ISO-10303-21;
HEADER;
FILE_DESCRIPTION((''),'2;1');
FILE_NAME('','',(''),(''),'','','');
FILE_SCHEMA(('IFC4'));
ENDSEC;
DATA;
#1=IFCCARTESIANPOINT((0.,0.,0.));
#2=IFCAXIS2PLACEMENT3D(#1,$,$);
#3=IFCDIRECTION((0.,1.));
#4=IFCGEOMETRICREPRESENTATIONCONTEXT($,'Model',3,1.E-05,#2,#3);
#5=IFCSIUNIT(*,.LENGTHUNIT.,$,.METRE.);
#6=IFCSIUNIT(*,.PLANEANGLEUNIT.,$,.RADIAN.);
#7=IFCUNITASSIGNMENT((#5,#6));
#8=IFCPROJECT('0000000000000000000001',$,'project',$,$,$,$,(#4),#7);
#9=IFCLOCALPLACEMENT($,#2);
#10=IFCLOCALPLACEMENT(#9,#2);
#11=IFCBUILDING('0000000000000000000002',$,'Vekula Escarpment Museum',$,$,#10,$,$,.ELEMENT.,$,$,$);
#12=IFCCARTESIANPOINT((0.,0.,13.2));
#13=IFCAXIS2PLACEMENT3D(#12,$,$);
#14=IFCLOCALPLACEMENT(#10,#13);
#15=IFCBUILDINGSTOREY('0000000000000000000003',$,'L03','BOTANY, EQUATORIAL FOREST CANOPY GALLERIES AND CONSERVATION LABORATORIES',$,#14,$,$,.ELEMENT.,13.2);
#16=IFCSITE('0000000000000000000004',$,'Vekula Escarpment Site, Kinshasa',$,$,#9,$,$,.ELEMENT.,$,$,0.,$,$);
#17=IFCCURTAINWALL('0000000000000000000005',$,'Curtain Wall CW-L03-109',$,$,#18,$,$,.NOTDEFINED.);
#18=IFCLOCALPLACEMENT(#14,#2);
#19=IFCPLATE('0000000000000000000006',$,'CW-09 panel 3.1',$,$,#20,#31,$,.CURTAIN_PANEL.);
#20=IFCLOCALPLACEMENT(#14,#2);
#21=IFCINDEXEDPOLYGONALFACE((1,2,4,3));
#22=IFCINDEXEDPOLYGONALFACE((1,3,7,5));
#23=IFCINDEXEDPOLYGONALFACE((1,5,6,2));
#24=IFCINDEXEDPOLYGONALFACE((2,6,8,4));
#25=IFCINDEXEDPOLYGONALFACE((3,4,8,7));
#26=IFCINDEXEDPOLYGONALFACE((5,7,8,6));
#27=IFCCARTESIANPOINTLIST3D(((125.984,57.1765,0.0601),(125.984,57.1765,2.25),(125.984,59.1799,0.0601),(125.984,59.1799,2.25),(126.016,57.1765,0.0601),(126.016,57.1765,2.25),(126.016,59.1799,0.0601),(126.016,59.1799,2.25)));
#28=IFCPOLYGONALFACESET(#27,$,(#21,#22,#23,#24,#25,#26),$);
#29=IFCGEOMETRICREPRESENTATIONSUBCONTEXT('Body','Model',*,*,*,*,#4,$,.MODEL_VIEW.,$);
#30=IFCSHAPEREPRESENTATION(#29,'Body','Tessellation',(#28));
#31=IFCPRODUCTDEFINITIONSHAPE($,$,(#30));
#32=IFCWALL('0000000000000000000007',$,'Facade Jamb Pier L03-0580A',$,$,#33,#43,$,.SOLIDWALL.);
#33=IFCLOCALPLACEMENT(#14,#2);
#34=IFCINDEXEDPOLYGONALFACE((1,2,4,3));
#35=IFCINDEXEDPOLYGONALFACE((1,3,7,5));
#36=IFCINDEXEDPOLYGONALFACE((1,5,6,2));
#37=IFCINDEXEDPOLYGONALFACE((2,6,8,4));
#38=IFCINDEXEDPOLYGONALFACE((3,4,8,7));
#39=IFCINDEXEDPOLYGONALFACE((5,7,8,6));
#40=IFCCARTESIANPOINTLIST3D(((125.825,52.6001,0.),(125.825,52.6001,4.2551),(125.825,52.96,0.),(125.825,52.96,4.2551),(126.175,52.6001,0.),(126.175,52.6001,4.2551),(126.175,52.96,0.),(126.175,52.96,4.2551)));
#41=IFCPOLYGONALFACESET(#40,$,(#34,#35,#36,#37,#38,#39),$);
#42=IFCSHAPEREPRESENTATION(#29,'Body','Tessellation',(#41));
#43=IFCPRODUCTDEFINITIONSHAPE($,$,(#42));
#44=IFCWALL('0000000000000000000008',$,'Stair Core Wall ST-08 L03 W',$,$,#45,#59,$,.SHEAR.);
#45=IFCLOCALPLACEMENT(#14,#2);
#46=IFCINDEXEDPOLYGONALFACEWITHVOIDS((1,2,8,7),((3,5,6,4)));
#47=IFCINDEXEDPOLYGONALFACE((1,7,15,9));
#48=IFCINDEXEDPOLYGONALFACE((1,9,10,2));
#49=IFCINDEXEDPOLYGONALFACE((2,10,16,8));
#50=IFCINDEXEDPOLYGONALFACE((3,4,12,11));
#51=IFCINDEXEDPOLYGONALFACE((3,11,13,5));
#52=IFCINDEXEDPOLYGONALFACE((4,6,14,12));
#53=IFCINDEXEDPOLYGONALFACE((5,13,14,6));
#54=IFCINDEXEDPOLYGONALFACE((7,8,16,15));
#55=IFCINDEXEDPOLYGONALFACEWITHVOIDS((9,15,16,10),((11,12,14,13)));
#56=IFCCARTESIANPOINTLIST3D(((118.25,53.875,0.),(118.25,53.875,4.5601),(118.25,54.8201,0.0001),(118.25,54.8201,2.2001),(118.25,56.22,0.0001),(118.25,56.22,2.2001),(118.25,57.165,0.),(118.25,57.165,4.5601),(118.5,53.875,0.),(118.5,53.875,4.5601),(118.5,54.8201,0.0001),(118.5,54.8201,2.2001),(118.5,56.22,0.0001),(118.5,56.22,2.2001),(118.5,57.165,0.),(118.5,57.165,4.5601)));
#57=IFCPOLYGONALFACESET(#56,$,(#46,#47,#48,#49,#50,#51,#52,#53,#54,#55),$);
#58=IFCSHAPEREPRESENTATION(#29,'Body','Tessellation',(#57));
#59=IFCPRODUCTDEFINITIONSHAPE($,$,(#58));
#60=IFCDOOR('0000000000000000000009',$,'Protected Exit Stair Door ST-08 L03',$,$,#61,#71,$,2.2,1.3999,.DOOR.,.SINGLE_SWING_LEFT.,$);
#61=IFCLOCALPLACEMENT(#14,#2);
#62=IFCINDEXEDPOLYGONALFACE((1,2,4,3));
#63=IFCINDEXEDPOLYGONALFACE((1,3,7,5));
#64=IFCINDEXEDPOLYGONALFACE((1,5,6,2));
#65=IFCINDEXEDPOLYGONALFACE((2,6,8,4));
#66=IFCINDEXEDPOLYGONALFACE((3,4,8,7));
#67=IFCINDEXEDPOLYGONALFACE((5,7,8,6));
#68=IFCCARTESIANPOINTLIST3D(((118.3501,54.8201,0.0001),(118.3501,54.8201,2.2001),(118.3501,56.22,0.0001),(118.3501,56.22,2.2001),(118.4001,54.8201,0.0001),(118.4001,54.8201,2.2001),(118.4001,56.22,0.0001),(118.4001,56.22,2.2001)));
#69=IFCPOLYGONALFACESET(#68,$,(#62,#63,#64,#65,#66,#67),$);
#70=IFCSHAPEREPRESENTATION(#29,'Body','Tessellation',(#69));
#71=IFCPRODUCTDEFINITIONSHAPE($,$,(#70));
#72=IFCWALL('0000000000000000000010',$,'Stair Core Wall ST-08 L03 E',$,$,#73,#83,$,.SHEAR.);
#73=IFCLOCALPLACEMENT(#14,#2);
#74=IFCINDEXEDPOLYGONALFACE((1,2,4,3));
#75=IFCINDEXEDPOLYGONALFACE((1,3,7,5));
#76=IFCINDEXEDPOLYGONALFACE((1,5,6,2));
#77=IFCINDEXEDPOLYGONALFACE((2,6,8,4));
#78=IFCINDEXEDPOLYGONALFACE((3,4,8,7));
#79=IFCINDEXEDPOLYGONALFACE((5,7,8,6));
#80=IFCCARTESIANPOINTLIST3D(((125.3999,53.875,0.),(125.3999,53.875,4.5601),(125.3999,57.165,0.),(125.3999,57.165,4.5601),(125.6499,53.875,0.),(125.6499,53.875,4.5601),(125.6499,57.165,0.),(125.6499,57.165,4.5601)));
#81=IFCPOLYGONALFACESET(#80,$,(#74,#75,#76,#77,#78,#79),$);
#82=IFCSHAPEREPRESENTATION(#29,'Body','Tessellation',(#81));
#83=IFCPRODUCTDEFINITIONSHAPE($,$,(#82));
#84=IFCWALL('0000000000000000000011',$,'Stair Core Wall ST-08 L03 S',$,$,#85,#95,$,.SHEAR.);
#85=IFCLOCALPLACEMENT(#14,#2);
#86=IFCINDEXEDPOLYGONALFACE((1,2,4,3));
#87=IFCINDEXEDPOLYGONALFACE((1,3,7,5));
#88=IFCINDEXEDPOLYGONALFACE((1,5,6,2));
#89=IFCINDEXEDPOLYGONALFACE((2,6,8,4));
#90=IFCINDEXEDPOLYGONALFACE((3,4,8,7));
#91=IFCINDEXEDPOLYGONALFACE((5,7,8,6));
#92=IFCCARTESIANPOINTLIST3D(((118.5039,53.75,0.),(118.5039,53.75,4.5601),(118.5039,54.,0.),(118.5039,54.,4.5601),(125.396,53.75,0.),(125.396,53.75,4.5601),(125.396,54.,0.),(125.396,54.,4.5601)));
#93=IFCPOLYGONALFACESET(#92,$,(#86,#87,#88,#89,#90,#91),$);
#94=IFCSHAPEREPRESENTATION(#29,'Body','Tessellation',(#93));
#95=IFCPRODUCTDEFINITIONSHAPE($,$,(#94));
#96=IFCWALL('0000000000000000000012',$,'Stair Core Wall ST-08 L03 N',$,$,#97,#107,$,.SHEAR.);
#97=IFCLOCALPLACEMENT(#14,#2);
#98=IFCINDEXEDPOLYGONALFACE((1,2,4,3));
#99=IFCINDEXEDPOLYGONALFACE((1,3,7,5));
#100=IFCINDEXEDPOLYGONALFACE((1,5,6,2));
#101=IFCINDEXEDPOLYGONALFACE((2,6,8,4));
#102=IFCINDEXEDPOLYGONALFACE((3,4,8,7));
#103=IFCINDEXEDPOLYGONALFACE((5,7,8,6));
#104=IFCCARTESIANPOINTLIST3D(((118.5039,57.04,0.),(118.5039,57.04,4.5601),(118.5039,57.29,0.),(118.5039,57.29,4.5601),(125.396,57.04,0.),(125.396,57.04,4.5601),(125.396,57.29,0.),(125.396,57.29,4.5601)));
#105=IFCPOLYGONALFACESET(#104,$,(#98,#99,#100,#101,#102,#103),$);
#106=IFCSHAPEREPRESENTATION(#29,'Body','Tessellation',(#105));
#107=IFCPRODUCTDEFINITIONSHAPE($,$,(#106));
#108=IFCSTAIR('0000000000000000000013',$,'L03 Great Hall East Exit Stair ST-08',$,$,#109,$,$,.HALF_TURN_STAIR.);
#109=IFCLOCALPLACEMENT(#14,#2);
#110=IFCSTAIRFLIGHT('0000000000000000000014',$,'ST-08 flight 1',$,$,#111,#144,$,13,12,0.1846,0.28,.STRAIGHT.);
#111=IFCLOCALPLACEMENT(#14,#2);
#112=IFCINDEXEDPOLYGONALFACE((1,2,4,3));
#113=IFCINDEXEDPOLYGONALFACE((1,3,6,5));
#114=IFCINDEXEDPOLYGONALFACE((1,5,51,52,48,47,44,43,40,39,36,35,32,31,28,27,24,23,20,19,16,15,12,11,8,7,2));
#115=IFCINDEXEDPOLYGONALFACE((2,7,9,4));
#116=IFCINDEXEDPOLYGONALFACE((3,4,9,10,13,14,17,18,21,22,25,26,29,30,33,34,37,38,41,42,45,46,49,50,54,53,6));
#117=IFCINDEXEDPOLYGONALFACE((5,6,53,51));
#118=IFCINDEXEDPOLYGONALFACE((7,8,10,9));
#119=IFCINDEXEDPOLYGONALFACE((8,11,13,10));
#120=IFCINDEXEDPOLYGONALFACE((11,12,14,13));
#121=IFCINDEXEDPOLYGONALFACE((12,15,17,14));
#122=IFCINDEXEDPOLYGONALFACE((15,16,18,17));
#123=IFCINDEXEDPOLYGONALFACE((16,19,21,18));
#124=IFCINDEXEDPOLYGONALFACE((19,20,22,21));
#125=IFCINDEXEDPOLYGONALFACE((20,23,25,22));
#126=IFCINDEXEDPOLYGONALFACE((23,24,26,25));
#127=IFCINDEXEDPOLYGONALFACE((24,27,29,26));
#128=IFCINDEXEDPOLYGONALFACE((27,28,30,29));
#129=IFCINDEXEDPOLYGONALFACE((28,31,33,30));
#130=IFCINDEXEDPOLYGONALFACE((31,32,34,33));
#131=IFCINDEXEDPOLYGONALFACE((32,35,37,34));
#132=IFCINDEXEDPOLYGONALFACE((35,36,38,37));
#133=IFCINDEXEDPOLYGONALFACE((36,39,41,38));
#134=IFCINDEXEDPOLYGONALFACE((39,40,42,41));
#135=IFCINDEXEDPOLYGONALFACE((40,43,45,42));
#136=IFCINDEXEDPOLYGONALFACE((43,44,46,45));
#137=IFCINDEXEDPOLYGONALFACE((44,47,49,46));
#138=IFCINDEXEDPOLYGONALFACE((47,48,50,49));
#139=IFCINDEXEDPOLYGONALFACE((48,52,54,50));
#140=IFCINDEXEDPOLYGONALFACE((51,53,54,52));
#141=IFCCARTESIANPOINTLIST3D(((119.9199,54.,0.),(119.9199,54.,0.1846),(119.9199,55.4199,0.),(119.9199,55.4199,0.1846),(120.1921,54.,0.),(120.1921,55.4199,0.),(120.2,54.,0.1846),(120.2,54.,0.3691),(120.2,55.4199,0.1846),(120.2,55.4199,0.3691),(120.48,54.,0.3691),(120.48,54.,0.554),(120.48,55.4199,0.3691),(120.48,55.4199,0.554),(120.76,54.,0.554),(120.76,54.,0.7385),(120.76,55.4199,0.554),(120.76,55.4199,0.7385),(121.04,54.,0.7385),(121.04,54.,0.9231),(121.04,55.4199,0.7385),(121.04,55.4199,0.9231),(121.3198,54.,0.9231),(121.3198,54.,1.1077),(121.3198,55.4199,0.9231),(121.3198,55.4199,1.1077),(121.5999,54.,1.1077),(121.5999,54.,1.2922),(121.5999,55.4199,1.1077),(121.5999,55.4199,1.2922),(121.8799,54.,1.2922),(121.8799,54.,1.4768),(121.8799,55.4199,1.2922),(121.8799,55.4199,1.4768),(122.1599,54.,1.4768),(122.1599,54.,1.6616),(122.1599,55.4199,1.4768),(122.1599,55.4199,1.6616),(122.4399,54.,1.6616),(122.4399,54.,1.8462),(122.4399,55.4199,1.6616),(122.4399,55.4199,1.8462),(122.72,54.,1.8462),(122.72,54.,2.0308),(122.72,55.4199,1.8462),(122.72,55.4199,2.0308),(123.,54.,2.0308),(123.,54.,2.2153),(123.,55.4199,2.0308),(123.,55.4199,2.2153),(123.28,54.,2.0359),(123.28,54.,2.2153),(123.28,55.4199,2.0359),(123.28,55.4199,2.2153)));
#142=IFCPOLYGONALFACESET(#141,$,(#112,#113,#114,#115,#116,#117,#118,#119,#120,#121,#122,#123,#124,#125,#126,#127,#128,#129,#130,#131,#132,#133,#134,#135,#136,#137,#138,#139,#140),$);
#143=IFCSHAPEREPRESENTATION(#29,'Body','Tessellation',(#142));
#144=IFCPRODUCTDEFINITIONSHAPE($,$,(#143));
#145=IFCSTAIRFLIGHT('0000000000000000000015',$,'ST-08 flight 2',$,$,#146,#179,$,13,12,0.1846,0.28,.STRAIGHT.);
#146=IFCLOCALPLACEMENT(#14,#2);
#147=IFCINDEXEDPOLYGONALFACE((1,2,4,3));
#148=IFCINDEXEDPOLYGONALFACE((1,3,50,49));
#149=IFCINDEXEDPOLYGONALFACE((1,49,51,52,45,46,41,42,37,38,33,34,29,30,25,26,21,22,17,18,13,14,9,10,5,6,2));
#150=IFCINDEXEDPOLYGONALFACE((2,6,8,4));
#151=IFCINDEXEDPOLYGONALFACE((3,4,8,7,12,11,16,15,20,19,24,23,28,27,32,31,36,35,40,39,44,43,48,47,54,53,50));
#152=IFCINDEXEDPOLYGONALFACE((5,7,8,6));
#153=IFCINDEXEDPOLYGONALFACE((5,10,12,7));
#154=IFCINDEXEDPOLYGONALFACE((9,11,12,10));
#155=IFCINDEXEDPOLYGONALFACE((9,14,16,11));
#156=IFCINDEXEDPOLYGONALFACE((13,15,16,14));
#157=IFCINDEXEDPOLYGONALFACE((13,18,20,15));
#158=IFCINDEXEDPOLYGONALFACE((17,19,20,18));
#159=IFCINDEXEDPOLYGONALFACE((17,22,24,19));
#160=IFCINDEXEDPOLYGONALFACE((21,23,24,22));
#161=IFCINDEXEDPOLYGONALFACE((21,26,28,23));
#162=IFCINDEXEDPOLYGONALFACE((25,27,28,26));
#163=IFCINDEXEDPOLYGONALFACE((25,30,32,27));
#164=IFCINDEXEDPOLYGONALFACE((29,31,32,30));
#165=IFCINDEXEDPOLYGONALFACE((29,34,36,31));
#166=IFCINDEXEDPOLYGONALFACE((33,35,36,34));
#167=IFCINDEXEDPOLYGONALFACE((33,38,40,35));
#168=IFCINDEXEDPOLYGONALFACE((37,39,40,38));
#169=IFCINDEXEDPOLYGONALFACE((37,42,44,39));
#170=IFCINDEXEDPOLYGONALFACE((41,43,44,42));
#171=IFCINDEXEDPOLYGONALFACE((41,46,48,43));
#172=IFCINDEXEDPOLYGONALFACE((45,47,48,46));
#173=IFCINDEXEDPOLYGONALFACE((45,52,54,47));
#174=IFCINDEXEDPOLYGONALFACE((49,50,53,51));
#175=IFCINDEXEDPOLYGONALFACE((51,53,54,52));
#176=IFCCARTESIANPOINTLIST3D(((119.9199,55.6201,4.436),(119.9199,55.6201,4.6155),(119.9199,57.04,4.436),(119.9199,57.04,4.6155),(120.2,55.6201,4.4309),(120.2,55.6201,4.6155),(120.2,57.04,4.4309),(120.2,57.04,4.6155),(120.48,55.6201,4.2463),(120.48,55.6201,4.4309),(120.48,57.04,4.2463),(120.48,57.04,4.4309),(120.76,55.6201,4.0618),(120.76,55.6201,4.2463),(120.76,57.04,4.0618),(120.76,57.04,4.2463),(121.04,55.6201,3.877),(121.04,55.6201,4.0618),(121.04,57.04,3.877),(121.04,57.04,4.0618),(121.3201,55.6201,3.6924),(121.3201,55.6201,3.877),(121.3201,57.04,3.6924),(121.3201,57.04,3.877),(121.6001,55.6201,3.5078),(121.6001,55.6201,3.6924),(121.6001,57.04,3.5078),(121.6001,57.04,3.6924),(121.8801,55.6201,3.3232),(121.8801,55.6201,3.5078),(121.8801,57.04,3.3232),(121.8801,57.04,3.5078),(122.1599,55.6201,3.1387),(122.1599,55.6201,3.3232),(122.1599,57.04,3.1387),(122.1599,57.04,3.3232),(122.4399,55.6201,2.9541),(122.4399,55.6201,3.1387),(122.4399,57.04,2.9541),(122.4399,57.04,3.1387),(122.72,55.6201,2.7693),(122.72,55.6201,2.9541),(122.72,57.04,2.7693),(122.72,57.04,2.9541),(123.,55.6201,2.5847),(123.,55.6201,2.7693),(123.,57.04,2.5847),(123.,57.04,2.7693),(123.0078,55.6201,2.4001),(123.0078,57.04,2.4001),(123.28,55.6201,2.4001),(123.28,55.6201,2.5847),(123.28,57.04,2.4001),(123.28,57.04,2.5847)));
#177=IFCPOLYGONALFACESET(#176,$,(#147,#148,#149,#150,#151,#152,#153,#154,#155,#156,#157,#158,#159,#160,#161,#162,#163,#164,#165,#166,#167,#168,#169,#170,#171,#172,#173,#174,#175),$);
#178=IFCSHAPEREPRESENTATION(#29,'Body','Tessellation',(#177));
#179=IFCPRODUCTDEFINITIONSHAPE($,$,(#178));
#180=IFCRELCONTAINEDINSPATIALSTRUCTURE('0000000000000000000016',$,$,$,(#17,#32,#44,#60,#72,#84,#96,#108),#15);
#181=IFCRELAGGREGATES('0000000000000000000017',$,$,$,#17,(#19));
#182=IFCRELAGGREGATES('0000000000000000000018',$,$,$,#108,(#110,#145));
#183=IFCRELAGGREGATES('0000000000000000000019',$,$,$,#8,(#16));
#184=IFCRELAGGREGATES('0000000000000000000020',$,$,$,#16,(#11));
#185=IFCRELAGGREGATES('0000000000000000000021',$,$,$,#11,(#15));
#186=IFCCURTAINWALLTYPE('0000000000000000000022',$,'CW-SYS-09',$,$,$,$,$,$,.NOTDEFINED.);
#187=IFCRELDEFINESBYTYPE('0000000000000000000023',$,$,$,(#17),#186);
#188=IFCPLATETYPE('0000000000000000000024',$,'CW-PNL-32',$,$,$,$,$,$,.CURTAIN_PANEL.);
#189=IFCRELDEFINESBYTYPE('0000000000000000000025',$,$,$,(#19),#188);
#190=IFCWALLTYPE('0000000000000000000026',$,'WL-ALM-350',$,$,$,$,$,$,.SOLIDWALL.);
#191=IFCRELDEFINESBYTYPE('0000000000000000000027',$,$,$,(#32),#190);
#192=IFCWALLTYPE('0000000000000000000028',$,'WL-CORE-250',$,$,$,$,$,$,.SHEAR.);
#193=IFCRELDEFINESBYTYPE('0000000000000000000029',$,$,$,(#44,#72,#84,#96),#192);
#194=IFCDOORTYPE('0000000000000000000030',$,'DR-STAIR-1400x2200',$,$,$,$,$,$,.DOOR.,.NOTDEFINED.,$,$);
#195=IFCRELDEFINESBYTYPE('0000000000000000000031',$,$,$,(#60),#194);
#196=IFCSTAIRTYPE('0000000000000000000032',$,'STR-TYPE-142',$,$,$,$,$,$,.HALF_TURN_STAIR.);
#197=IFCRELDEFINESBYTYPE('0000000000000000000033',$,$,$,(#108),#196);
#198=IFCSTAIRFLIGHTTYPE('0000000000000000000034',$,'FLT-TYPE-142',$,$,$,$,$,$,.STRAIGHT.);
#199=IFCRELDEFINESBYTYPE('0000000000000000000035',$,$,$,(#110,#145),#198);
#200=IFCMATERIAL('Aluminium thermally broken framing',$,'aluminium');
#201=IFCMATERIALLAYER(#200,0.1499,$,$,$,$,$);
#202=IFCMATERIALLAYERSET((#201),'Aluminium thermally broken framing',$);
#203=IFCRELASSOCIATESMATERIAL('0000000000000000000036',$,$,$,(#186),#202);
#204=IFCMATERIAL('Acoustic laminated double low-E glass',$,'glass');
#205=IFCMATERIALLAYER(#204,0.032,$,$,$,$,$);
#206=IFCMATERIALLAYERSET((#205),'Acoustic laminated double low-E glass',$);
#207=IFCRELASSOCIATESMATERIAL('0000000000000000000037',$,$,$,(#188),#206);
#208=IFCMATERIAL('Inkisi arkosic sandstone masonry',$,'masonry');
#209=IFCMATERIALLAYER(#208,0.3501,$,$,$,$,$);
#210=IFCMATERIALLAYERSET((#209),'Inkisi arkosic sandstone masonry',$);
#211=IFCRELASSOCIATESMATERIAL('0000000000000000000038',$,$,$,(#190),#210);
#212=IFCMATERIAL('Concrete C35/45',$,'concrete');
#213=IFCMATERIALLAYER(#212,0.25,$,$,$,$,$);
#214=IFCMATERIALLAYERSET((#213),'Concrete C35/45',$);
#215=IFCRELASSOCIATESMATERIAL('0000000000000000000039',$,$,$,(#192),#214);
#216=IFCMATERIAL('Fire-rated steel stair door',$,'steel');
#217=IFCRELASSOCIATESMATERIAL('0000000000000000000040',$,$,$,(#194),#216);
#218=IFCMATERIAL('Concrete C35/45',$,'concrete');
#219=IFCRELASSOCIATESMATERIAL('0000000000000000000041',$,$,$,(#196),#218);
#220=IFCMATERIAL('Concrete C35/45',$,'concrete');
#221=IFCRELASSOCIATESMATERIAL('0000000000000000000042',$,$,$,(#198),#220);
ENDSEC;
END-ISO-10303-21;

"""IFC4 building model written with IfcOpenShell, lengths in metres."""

from ifc_helpers import new_model, si_unit, direction, frame, frame_2d, origin, origin_2d, place, context, subcontext, project, spatial, polyline, rectangle, outline, extrude, material, layer, layer_set, type_object, element, fill, aggregate, save


model = new_model("IFC4")

# Units and contexts
model_context = context("Model", 3, precision=1e-05, world=origin(), true_north=direction((0.0, 1.0)))
body_context = subcontext(model_context, "Body", "Model", "MODEL_VIEW")
ifc_project = project(units=[si_unit("LENGTHUNIT", "METRE"), si_unit("PLANEANGLEUNIT", "RADIAN")], contexts=[model_context])

# Site, building, storey
site_placement = place(None, origin())
site = spatial("IfcSite", under=ifc_project, at=site_placement, Name="Vekula Escarpment Site, Kinshasa", CompositionType="ELEMENT", RefElevation=0.0)
building_placement = place(site_placement, origin())
building = spatial("IfcBuilding", under=site, at=building_placement, Name="Vekula Escarpment Museum", CompositionType="ELEMENT")
storey_placement = place(building_placement, frame((0.0, 0.0, 13.2)))
storey = spatial("IfcBuildingStorey", under=building, at=storey_placement, Name="L03", Description="BOTANY, EQUATORIAL FOREST CANOPY GALLERIES AND CONSERVATION LABORATORIES", CompositionType="ELEMENT", Elevation=13.2)

# Curtain wall, plate
ifc_material_1 = material(Name="Aluminium thermally broken framing", Category="aluminium")
ifc_layer_1 = layer(ifc_material_1, 0.1499)
ifc_layer_set_1 = layer_set([ifc_layer_1], Name="Aluminium thermally broken framing")
curtain_wall_type = type_object("IfcCurtainWallType", Name="CW-SYS-09", PredefinedType="NOTDEFINED", material=ifc_layer_set_1)
curtain_wall_placement = place(storey_placement, origin())
curtain_wall = element("IfcCurtainWall", 1, at=curtain_wall_placement, inside=storey, type_object=curtain_wall_type, Name="Curtain Wall CW-L03-109", PredefinedType="NOTDEFINED")
ifc_material_2 = material(Name="Acoustic laminated double low-E glass", Category="glass")
ifc_layer_2 = layer(ifc_material_2, 0.032)
ifc_layer_set_2 = layer_set([ifc_layer_2], Name="Acoustic laminated double low-E glass")
plate_type = type_object("IfcPlateType", Name="CW-PNL-32", PredefinedType="CURTAIN_PANEL", material=ifc_layer_set_2)
plate_1_placement = place(storey_placement, frame((126.0, 58.1782, 0.0601), z_axis=(0.0, 0.0, 1.0), x_axis=(0.0, 1.0, 0.0)))
plate_1 = element("IfcPlate", 2, at=plate_1_placement, type_object=plate_type, Name="CW-09 panel 3.1", PredefinedType="CURTAIN_PANEL", context=body_context, shape_type="SweptSolid", body=[
    extrude(rectangle(XDim=2.0034, YDim=0.032, at=origin_2d()), origin(), (0.0, 0.0, 1.0), 2.1899),
])
aggregate(curtain_wall, [plate_1])

# Wall
ifc_material_3 = material(Name="Inkisi arkosic sandstone masonry", Category="masonry")
ifc_layer_3 = layer(ifc_material_3, 0.3501)
ifc_layer_set_3 = layer_set([ifc_layer_3], Name="Inkisi arkosic sandstone masonry")
wall_type_1 = type_object("IfcWallType", Name="WL-ALM-350", PredefinedType="SOLIDWALL", material=ifc_layer_set_3)
wall_1_placement = place(storey_placement, frame((126.0, 52.6001, 0.0), z_axis=(0.0, 0.0, 1.0), x_axis=(0.0, 1.0, 0.0)))
element("IfcWall", 3, at=wall_1_placement, inside=storey, type_object=wall_type_1, Name="Facade Jamb Pier L03-0580A", PredefinedType="SOLIDWALL", context=body_context, shape_type="SweptSolid", body=[
    extrude(rectangle(XDim=0.3599, YDim=0.3501, at=frame_2d((0.1799, 0.0))), origin(), (0.0, 0.0, 1.0), 4.2551),
])

# Wall, opening, door
ifc_material_4 = material(Name="Concrete C35/45", Category="concrete")
ifc_layer_4 = layer(ifc_material_4, 0.25)
ifc_layer_set_4 = layer_set([ifc_layer_4], Name="Concrete C35/45")
wall_type_2 = type_object("IfcWallType", Name="WL-CORE-250", PredefinedType="SHEAR", material=ifc_layer_set_4)
wall_2_placement = place(storey_placement, frame((118.375, 53.875, 0.0), z_axis=(0.0, 0.0, 1.0), x_axis=(0.0, 1.0, 0.0)))
wall_2 = element("IfcWall", 4, at=wall_2_placement, inside=storey, type_object=wall_type_2, Name="Stair Core Wall ST-08 L03 W", PredefinedType="SHEAR", context=body_context, shape_type="SweptSolid", body=[
    extrude(rectangle(XDim=3.29, YDim=0.25, at=frame_2d((1.645, 0.0))), origin(), (0.0, 0.0, 1.0), 4.5601),
])
opening_placement = place(wall_2_placement, frame((0.9451, 0.0, 0.0)))
opening = element("IfcOpeningElement", 5, at=opening_placement, cuts=wall_2, PredefinedType="OPENING", context=body_context, shape_type="SweptSolid", body=[
    extrude(rectangle(XDim=1.3999, YDim=2.2, at=frame_2d((0.7, 1.1001))), frame((0.0, 0.135, 0.0), z_axis=(0.0, -1.0, 0.0), x_axis=(1.0, 0.0, 0.0)), (0.0, 0.0, 1.0), 0.27),
])
ifc_material_5 = material(Name="Fire-rated steel stair door", Category="steel")
door_type = type_object("IfcDoorType", Name="DR-STAIR-1400x2200", OperationType="NOTDEFINED", PredefinedType="DOOR", material=ifc_material_5)
door_placement = place(opening_placement, origin())
door = element("IfcDoor", 6, at=door_placement, inside=storey, type_object=door_type, Name="Protected Exit Stair Door ST-08 L03", OperationType="SINGLE_SWING_LEFT", OverallHeight=2.2, OverallWidth=1.3999, PredefinedType="DOOR", context=body_context, shape_type="SweptSolid", body=[
    extrude(rectangle(XDim=1.3999, YDim=2.2, at=frame_2d((0.7, 1.1001))), frame((0.0, 0.0249, 0.0), z_axis=(0.0, -1.0, 0.0), x_axis=(1.0, 0.0, 0.0)), (0.0, 0.0, 1.0), 0.05),
])
fill(opening, door)

# Walls
wall_3_placement = place(storey_placement, frame((125.5249, 53.875, 0.0), z_axis=(0.0, 0.0, 1.0), x_axis=(0.0, 1.0, 0.0)))
element("IfcWall", 7, at=wall_3_placement, inside=storey, type_object=wall_type_2, Name="Stair Core Wall ST-08 L03 E", PredefinedType="SHEAR", context=body_context, shape_type="SweptSolid", body=[
    extrude(rectangle(XDim=3.29, YDim=0.25, at=frame_2d((1.645, 0.0))), origin(), (0.0, 0.0, 1.0), 4.5601),
])
for number, where, z_axis, x_axis, name in (
    (8, (118.5039, 53.875, 0.0), (0.0, 0.0, 1.0), (1.0, 0.0, 0.0), "Stair Core Wall ST-08 L03 S"),
    (9, (118.5039, 57.165, 0.0), (0.0, 0.0, 1.0), (1.0, 0.0, 0.0), "Stair Core Wall ST-08 L03 N"),
):
    element("IfcWall", number, at=place(storey_placement, frame(where, z_axis=z_axis, x_axis=x_axis)), inside=storey, type_object=wall_type_2, Name=name, PredefinedType="SHEAR", context=body_context, shape_type="SweptSolid", body=[
        extrude(rectangle(XDim=6.8921, YDim=0.25, at=frame_2d((3.446, 0.0))), origin(), (0.0, 0.0, 1.0), 4.5601),
    ])

# Stair, stair flights
ifc_material_6 = material(Name="Concrete C35/45", Category="concrete")
stair_type = type_object("IfcStairType", Name="STR-TYPE-142", PredefinedType="HALF_TURN_STAIR", material=ifc_material_6)
stair_placement = place(storey_placement, origin())
stair = element("IfcStair", 10, at=stair_placement, inside=storey, type_object=stair_type, Name="L03 Great Hall East Exit Stair ST-08", PredefinedType="HALF_TURN_STAIR")
ifc_material_7 = material(Name="Concrete C35/45", Category="concrete")
stair_flight_type = type_object("IfcStairFlightType", Name="FLT-TYPE-142", PredefinedType="STRAIGHT", material=ifc_material_7)
stair_flight_1_placement = place(storey_placement, frame((119.9199, 54.71, 0.0), z_axis=(0.0, 0.0, 1.0), x_axis=(1.0, 0.0, 0.0)))
stair_flight_1 = element("IfcStairFlight", 11, at=stair_flight_1_placement, type_object=stair_flight_type, Name="ST-08 flight 1", NumberOfRisers=13, NumberOfTreads=12, PredefinedType="STRAIGHT", RiserHeight=0.1846, TreadLength=0.28, context=body_context, shape_type="SweptSolid", body=[
    extrude(outline(polyline([(0.0, 0.0), (0.0, 0.1846), (0.28, 0.1846), (0.28, 0.3691), (0.5601, 0.3691), (0.5601, 0.554), (0.8401, 0.554), (0.8401, 0.7385), (1.1201, 0.7385), (1.1201, 0.9231), (1.3999, 0.9231), (1.3999, 1.1077), (1.6799, 1.1077), (1.6799, 1.2922), (1.96, 1.2922), (1.96, 1.4768), (2.24, 1.4768), (2.24, 1.6616), (2.52, 1.6616), (2.52, 1.8462), (2.8, 1.8462), (2.8, 2.0308), (3.0801, 2.0308), (3.0801, 2.2153), (3.3601, 2.2153), (3.3601, 2.3999), (3.3601, 2.0359), (0.2722, 0.0), (0.0, 0.0)])), frame((0.0, 0.71, 0.0), z_axis=(0.0, -1.0, 0.0), x_axis=(1.0, 0.0, 0.0)), (0.0, 0.0, 1.0), 1.4199),
])
stair_flight_2_placement = place(storey_placement, frame((123.28, 56.3301, 2.4001), z_axis=(0.0, 0.0, 1.0), x_axis=(-1.0, 0.0, 0.0)))
stair_flight_2 = element("IfcStairFlight", 12, at=stair_flight_2_placement, type_object=stair_flight_type, Name="ST-08 flight 2", NumberOfRisers=13, NumberOfTreads=12, PredefinedType="STRAIGHT", RiserHeight=0.1846, TreadLength=0.28, context=body_context, shape_type="SweptSolid", body=[
    extrude(outline(polyline([(0.0, 0.0), (0.0, 0.1846), (0.28, 0.1846), (0.28, 0.3691), (0.5601, 0.3691), (0.5601, 0.554), (0.8401, 0.554), (0.8401, 0.7385), (1.1201, 0.7385), (1.1201, 0.9231), (1.3999, 0.9231), (1.3999, 1.1077), (1.6799, 1.1077), (1.6799, 1.2922), (1.96, 1.2922), (1.96, 1.4768), (2.24, 1.4768), (2.24, 1.6616), (2.52, 1.6616), (2.52, 1.8462), (2.8, 1.8462), (2.8, 2.0308), (3.0801, 2.0308), (3.0801, 2.2153), (3.3601, 2.2153), (3.3601, 2.3999), (3.3601, 2.0359), (0.2722, 0.0), (0.0, 0.0)])), frame((0.0, 0.71, 0.0), z_axis=(0.0, -1.0, 0.0), x_axis=(1.0, 0.0, 0.0)), (0.0, 0.0, 1.0), 1.4199),
])
aggregate(stair, [stair_flight_1, stair_flight_2])

save(model, "model.ifc")
